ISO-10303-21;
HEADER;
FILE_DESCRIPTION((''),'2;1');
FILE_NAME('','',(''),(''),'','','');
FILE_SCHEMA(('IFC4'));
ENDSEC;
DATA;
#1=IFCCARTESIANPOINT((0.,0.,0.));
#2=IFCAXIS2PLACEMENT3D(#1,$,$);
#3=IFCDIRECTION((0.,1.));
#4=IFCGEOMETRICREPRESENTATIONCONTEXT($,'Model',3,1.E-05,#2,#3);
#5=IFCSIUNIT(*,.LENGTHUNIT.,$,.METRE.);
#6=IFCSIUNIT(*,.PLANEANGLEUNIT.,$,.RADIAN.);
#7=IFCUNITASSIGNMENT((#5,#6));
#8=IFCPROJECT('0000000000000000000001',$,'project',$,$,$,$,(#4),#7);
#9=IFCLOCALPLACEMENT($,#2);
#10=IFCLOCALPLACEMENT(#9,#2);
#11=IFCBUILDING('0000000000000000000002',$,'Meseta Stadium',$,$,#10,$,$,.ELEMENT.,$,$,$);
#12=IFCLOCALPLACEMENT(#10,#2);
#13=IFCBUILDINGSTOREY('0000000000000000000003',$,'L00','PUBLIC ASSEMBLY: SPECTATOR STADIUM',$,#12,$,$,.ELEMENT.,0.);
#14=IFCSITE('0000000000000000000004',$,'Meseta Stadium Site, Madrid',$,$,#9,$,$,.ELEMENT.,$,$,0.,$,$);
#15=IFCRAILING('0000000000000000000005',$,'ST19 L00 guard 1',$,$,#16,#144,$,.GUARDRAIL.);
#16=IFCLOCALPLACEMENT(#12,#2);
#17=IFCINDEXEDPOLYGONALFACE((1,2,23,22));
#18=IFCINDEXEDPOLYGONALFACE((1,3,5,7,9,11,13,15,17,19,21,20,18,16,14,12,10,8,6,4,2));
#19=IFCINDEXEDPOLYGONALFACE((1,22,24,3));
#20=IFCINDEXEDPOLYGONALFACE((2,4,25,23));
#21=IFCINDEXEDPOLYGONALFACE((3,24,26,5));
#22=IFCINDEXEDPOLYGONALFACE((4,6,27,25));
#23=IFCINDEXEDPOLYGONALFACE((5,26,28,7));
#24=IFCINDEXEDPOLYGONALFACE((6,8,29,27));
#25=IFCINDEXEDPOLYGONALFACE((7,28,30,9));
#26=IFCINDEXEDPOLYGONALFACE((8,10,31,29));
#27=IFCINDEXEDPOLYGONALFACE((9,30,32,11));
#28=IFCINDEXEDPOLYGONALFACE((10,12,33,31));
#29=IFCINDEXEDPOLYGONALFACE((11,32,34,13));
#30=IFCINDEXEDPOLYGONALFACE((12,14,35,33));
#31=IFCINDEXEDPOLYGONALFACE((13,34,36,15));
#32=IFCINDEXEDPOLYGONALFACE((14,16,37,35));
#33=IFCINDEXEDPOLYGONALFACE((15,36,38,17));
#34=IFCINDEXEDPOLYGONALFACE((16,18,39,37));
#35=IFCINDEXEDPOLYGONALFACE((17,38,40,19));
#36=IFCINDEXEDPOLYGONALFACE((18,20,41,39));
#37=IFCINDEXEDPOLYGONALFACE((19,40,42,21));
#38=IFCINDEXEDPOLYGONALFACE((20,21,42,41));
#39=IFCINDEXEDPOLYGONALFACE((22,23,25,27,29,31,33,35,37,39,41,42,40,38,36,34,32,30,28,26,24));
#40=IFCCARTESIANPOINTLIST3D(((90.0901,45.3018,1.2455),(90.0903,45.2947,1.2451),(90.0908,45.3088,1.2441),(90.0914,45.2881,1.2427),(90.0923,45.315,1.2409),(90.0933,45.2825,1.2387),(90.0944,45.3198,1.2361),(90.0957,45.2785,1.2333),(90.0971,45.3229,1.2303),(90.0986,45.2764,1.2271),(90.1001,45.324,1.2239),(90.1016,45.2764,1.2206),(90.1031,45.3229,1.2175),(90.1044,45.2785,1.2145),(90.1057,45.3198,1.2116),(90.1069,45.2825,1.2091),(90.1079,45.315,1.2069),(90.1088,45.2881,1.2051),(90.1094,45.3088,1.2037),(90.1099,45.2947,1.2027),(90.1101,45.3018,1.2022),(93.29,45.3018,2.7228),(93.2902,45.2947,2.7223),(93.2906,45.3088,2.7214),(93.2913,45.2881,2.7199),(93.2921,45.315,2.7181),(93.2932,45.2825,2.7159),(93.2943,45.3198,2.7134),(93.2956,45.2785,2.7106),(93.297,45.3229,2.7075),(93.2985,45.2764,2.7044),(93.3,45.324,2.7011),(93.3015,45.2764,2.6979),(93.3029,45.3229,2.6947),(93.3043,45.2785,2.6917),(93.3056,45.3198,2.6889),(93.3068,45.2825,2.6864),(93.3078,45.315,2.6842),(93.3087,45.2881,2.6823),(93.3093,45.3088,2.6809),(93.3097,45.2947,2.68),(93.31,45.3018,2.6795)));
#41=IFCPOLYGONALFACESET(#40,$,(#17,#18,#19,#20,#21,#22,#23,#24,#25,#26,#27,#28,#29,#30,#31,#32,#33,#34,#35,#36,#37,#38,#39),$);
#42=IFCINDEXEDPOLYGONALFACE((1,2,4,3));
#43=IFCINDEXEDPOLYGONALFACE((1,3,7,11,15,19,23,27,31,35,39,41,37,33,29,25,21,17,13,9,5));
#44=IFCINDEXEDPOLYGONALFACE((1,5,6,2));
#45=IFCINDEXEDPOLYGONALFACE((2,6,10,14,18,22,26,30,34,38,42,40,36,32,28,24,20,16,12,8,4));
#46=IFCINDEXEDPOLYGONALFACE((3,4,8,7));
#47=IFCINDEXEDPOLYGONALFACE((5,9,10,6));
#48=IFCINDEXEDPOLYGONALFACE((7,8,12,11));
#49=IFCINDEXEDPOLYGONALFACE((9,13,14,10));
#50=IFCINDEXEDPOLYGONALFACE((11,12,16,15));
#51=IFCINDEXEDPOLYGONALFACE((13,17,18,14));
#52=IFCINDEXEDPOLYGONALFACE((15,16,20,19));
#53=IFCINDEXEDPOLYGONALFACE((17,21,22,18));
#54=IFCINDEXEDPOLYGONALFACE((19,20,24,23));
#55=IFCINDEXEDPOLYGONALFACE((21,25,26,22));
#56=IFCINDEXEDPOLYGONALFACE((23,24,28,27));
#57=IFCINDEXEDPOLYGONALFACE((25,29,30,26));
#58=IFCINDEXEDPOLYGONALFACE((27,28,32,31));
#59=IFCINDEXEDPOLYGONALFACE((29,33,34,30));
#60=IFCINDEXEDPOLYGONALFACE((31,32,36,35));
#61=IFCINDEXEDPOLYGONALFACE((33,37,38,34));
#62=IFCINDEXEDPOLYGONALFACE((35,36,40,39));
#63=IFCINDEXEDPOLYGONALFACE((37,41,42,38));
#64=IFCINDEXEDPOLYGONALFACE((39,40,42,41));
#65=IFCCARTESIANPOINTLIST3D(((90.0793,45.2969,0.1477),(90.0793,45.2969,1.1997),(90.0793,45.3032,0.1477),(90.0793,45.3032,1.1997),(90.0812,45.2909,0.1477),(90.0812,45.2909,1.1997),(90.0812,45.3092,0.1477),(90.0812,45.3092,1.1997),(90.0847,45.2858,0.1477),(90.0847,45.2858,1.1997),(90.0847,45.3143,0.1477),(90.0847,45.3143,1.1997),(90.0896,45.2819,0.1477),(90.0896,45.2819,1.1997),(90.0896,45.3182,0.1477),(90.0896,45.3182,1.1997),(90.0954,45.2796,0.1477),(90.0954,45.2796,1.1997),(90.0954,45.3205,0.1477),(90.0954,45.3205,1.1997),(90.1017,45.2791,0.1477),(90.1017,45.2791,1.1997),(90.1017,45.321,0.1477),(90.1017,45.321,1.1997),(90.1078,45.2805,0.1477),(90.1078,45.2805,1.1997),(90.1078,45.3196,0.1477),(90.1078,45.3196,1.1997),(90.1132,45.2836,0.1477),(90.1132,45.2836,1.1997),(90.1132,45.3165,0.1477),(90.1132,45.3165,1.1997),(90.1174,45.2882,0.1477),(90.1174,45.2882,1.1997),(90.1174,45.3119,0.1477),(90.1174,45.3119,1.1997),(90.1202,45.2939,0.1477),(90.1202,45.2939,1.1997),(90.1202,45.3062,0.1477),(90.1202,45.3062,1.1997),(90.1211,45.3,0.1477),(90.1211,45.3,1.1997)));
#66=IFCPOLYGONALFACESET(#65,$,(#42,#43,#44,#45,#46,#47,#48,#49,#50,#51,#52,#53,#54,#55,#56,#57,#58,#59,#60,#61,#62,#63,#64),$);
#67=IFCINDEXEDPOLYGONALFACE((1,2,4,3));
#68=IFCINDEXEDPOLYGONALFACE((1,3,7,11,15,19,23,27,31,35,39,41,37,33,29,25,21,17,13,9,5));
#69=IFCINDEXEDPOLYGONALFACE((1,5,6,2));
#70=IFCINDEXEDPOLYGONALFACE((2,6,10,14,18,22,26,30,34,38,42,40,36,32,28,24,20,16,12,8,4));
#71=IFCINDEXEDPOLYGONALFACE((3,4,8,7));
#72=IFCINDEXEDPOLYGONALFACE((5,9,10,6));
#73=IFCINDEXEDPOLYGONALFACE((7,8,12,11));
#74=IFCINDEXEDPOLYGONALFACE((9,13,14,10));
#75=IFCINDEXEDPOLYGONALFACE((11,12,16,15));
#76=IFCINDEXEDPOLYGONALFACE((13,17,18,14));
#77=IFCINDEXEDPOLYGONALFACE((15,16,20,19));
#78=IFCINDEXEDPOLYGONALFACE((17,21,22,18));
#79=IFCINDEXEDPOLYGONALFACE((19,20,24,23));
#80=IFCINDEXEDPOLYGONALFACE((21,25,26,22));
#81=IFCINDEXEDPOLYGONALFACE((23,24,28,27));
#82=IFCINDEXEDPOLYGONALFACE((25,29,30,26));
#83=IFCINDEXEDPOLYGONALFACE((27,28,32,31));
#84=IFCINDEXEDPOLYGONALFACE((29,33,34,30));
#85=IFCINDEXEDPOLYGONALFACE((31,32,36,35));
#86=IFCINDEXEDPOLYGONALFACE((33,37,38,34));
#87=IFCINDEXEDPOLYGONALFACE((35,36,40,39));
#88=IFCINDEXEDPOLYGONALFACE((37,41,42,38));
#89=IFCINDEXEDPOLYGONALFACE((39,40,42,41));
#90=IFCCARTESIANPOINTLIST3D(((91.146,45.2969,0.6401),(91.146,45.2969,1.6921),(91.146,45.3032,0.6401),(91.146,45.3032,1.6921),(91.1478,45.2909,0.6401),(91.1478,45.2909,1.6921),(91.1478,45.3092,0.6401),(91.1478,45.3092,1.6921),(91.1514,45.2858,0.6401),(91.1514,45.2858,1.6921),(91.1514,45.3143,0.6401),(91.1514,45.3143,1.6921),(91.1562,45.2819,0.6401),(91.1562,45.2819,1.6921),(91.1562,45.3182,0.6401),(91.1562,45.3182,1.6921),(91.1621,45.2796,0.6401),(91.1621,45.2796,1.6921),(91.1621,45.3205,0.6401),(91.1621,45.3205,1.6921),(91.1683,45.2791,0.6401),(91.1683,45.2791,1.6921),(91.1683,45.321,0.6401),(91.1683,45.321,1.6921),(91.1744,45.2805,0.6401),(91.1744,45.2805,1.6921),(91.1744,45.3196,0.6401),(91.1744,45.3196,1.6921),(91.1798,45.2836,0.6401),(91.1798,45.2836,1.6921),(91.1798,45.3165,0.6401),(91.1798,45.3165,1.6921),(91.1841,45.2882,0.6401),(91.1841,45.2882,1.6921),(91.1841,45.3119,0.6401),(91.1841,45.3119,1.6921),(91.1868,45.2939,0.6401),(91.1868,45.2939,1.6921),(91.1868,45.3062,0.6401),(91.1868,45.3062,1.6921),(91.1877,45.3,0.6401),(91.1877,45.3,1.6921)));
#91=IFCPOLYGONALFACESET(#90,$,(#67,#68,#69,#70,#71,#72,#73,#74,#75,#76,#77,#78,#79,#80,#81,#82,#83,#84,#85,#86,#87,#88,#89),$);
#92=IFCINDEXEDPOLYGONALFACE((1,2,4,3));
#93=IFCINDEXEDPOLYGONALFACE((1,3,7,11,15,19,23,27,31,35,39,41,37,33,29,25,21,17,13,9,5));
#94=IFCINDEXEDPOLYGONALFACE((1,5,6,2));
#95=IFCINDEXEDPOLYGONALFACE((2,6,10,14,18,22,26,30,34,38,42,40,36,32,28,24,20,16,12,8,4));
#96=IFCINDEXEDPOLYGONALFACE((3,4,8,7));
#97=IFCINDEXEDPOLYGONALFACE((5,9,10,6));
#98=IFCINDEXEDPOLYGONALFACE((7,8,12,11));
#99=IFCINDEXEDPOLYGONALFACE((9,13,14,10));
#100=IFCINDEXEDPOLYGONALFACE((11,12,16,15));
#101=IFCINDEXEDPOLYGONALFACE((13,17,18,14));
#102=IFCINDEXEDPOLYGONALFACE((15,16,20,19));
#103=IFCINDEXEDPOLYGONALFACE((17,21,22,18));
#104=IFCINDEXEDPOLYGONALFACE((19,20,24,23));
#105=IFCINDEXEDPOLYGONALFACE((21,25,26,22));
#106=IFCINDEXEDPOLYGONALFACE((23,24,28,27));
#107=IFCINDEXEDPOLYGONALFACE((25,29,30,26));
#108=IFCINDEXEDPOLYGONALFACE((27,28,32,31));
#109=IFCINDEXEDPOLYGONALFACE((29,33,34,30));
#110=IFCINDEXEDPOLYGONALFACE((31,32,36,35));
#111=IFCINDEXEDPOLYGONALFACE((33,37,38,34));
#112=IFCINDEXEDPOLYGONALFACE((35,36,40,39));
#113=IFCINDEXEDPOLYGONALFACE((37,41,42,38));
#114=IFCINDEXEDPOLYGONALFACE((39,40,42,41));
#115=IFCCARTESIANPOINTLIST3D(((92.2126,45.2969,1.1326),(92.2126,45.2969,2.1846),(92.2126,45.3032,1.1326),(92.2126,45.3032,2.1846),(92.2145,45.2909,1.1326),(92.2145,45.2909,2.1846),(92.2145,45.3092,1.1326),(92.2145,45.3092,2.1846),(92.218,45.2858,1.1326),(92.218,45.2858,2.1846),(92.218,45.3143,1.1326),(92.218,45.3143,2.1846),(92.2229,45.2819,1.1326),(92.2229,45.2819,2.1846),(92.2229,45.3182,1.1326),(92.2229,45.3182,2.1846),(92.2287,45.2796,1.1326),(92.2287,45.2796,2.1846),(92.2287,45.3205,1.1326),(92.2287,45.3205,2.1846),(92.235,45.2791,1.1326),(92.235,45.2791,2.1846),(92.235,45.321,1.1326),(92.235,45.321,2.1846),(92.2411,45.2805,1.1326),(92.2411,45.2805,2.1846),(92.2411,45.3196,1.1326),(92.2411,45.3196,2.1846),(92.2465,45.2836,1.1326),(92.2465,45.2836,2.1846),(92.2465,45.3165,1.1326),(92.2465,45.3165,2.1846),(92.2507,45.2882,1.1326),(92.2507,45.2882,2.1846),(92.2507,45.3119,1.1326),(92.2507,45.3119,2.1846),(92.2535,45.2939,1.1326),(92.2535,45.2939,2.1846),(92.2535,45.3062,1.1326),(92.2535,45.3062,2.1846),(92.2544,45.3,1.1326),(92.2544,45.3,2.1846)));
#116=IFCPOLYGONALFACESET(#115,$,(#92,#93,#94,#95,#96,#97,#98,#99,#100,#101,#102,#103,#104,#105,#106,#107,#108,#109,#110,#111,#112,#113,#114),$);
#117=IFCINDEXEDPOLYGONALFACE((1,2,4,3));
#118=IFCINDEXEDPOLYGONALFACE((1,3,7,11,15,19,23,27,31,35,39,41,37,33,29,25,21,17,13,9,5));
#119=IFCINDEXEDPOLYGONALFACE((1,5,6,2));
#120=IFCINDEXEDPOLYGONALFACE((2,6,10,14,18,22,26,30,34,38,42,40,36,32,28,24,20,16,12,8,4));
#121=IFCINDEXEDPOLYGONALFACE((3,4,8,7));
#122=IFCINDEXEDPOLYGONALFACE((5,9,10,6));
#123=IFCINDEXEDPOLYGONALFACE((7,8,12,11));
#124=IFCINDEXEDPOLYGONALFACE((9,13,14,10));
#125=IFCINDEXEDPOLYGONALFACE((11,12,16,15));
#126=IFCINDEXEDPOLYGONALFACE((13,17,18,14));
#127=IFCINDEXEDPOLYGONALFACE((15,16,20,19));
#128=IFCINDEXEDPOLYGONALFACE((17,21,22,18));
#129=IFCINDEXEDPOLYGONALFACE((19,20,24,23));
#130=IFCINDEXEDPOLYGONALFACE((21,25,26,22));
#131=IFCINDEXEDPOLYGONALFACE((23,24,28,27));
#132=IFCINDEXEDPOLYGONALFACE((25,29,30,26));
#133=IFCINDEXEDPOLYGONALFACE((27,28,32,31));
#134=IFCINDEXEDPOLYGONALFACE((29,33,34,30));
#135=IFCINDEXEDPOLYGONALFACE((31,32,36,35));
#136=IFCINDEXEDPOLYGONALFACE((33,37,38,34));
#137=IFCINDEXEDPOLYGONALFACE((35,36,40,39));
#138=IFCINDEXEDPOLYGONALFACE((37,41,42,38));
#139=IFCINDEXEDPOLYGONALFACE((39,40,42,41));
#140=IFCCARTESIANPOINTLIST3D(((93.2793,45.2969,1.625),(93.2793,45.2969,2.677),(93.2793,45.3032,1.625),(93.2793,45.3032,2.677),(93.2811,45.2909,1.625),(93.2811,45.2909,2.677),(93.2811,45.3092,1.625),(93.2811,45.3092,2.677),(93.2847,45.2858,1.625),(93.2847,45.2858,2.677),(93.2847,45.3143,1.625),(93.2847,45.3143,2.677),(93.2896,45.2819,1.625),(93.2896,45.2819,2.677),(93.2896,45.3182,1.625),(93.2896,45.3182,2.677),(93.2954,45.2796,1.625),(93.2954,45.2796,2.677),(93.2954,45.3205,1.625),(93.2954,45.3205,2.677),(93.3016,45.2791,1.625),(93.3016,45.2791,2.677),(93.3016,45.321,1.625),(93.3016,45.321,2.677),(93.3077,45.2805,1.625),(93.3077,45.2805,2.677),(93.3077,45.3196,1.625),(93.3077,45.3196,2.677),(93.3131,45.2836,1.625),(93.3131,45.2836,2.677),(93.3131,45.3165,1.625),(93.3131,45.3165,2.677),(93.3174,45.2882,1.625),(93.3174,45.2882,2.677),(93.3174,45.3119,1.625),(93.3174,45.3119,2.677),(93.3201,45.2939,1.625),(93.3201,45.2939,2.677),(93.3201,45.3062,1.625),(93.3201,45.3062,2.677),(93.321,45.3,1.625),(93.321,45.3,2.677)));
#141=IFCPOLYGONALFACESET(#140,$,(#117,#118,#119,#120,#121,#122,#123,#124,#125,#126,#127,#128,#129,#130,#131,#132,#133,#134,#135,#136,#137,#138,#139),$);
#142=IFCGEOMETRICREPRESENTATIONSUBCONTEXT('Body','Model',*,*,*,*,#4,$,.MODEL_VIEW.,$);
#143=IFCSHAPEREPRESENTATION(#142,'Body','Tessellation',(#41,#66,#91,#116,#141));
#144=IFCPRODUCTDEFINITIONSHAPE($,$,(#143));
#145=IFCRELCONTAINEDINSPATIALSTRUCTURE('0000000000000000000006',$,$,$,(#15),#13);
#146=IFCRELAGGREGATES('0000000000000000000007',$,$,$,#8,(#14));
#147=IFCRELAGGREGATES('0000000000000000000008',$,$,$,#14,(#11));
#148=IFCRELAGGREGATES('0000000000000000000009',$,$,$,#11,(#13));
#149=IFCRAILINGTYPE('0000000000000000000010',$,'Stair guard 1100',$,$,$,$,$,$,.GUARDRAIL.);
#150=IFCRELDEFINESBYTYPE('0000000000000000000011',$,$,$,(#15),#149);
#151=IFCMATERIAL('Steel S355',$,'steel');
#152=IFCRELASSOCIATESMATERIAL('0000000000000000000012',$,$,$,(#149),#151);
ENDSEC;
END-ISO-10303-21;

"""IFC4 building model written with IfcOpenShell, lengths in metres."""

from ifc_helpers import new_model, si_unit, direction, frame, origin, origin_2d, place, context, subcontext, project, spatial, circle, extrude, material, type_object, element, save


model = new_model("IFC4")

# Units and contexts
model_context = context("Model", 3, precision=1e-05, world=origin(), true_north=direction((0.0, 1.0)))
body_context = subcontext(model_context, "Body", "Model", "MODEL_VIEW")
ifc_project = project(units=[si_unit("LENGTHUNIT", "METRE"), si_unit("PLANEANGLEUNIT", "RADIAN")], contexts=[model_context])

# Site, building, storey
site_placement = place(None, origin())
site = spatial("IfcSite", under=ifc_project, at=site_placement, Name="Meseta Stadium Site, Madrid", CompositionType="ELEMENT", RefElevation=0.0)
building_placement = place(site_placement, origin())
building = spatial("IfcBuilding", under=site, at=building_placement, Name="Meseta Stadium", CompositionType="ELEMENT")
storey_placement = place(building_placement, origin())
storey = spatial("IfcBuildingStorey", under=building, at=storey_placement, Name="L00", Description="PUBLIC ASSEMBLY: SPECTATOR STADIUM", CompositionType="ELEMENT", Elevation=0.0)

# Railing
ifc_material_1 = material(Name="Steel S355", Category="steel")
railing_type_1 = type_object("IfcRailingType", Name="Stair guard 1100", PredefinedType="GUARDRAIL", material=ifc_material_1)
railing_1_placement = place(storey_placement, frame((90.1001, 45.3, 0.1477)))
element("IfcRailing", 1, at=railing_1_placement, inside=storey, type_object=railing_type_1, Name="ST19 L00 guard 1", PredefinedType="GUARDRAIL", context=body_context, shape_type="SweptSolid", body=[
    extrude(circle(Radius=0.0239, at=origin_2d()), frame((0.0, 0.0, 1.0762), z_axis=(0.907917, 0.0, 0.41915), x_axis=(0.0, 1.0, 0.0)), (0.0, 0.0, 1.0), 3.5244),
    extrude(circle(Radius=0.021, at=origin_2d()), origin(), (0.0, 0.0, 1.0), 1.052),
    extrude(circle(Radius=0.021, at=origin_2d()), frame((1.0667, 0.0, 0.4924)), (0.0, 0.0, 1.0), 1.052),
    extrude(circle(Radius=0.021, at=origin_2d()), frame((2.1333, 0.0, 0.9849)), (0.0, 0.0, 1.0), 1.052),
    extrude(circle(Radius=0.021, at=origin_2d()), frame((3.2, 0.0, 1.4773)), (0.0, 0.0, 1.0), 1.052),
])

save(model, "model.ifc")
